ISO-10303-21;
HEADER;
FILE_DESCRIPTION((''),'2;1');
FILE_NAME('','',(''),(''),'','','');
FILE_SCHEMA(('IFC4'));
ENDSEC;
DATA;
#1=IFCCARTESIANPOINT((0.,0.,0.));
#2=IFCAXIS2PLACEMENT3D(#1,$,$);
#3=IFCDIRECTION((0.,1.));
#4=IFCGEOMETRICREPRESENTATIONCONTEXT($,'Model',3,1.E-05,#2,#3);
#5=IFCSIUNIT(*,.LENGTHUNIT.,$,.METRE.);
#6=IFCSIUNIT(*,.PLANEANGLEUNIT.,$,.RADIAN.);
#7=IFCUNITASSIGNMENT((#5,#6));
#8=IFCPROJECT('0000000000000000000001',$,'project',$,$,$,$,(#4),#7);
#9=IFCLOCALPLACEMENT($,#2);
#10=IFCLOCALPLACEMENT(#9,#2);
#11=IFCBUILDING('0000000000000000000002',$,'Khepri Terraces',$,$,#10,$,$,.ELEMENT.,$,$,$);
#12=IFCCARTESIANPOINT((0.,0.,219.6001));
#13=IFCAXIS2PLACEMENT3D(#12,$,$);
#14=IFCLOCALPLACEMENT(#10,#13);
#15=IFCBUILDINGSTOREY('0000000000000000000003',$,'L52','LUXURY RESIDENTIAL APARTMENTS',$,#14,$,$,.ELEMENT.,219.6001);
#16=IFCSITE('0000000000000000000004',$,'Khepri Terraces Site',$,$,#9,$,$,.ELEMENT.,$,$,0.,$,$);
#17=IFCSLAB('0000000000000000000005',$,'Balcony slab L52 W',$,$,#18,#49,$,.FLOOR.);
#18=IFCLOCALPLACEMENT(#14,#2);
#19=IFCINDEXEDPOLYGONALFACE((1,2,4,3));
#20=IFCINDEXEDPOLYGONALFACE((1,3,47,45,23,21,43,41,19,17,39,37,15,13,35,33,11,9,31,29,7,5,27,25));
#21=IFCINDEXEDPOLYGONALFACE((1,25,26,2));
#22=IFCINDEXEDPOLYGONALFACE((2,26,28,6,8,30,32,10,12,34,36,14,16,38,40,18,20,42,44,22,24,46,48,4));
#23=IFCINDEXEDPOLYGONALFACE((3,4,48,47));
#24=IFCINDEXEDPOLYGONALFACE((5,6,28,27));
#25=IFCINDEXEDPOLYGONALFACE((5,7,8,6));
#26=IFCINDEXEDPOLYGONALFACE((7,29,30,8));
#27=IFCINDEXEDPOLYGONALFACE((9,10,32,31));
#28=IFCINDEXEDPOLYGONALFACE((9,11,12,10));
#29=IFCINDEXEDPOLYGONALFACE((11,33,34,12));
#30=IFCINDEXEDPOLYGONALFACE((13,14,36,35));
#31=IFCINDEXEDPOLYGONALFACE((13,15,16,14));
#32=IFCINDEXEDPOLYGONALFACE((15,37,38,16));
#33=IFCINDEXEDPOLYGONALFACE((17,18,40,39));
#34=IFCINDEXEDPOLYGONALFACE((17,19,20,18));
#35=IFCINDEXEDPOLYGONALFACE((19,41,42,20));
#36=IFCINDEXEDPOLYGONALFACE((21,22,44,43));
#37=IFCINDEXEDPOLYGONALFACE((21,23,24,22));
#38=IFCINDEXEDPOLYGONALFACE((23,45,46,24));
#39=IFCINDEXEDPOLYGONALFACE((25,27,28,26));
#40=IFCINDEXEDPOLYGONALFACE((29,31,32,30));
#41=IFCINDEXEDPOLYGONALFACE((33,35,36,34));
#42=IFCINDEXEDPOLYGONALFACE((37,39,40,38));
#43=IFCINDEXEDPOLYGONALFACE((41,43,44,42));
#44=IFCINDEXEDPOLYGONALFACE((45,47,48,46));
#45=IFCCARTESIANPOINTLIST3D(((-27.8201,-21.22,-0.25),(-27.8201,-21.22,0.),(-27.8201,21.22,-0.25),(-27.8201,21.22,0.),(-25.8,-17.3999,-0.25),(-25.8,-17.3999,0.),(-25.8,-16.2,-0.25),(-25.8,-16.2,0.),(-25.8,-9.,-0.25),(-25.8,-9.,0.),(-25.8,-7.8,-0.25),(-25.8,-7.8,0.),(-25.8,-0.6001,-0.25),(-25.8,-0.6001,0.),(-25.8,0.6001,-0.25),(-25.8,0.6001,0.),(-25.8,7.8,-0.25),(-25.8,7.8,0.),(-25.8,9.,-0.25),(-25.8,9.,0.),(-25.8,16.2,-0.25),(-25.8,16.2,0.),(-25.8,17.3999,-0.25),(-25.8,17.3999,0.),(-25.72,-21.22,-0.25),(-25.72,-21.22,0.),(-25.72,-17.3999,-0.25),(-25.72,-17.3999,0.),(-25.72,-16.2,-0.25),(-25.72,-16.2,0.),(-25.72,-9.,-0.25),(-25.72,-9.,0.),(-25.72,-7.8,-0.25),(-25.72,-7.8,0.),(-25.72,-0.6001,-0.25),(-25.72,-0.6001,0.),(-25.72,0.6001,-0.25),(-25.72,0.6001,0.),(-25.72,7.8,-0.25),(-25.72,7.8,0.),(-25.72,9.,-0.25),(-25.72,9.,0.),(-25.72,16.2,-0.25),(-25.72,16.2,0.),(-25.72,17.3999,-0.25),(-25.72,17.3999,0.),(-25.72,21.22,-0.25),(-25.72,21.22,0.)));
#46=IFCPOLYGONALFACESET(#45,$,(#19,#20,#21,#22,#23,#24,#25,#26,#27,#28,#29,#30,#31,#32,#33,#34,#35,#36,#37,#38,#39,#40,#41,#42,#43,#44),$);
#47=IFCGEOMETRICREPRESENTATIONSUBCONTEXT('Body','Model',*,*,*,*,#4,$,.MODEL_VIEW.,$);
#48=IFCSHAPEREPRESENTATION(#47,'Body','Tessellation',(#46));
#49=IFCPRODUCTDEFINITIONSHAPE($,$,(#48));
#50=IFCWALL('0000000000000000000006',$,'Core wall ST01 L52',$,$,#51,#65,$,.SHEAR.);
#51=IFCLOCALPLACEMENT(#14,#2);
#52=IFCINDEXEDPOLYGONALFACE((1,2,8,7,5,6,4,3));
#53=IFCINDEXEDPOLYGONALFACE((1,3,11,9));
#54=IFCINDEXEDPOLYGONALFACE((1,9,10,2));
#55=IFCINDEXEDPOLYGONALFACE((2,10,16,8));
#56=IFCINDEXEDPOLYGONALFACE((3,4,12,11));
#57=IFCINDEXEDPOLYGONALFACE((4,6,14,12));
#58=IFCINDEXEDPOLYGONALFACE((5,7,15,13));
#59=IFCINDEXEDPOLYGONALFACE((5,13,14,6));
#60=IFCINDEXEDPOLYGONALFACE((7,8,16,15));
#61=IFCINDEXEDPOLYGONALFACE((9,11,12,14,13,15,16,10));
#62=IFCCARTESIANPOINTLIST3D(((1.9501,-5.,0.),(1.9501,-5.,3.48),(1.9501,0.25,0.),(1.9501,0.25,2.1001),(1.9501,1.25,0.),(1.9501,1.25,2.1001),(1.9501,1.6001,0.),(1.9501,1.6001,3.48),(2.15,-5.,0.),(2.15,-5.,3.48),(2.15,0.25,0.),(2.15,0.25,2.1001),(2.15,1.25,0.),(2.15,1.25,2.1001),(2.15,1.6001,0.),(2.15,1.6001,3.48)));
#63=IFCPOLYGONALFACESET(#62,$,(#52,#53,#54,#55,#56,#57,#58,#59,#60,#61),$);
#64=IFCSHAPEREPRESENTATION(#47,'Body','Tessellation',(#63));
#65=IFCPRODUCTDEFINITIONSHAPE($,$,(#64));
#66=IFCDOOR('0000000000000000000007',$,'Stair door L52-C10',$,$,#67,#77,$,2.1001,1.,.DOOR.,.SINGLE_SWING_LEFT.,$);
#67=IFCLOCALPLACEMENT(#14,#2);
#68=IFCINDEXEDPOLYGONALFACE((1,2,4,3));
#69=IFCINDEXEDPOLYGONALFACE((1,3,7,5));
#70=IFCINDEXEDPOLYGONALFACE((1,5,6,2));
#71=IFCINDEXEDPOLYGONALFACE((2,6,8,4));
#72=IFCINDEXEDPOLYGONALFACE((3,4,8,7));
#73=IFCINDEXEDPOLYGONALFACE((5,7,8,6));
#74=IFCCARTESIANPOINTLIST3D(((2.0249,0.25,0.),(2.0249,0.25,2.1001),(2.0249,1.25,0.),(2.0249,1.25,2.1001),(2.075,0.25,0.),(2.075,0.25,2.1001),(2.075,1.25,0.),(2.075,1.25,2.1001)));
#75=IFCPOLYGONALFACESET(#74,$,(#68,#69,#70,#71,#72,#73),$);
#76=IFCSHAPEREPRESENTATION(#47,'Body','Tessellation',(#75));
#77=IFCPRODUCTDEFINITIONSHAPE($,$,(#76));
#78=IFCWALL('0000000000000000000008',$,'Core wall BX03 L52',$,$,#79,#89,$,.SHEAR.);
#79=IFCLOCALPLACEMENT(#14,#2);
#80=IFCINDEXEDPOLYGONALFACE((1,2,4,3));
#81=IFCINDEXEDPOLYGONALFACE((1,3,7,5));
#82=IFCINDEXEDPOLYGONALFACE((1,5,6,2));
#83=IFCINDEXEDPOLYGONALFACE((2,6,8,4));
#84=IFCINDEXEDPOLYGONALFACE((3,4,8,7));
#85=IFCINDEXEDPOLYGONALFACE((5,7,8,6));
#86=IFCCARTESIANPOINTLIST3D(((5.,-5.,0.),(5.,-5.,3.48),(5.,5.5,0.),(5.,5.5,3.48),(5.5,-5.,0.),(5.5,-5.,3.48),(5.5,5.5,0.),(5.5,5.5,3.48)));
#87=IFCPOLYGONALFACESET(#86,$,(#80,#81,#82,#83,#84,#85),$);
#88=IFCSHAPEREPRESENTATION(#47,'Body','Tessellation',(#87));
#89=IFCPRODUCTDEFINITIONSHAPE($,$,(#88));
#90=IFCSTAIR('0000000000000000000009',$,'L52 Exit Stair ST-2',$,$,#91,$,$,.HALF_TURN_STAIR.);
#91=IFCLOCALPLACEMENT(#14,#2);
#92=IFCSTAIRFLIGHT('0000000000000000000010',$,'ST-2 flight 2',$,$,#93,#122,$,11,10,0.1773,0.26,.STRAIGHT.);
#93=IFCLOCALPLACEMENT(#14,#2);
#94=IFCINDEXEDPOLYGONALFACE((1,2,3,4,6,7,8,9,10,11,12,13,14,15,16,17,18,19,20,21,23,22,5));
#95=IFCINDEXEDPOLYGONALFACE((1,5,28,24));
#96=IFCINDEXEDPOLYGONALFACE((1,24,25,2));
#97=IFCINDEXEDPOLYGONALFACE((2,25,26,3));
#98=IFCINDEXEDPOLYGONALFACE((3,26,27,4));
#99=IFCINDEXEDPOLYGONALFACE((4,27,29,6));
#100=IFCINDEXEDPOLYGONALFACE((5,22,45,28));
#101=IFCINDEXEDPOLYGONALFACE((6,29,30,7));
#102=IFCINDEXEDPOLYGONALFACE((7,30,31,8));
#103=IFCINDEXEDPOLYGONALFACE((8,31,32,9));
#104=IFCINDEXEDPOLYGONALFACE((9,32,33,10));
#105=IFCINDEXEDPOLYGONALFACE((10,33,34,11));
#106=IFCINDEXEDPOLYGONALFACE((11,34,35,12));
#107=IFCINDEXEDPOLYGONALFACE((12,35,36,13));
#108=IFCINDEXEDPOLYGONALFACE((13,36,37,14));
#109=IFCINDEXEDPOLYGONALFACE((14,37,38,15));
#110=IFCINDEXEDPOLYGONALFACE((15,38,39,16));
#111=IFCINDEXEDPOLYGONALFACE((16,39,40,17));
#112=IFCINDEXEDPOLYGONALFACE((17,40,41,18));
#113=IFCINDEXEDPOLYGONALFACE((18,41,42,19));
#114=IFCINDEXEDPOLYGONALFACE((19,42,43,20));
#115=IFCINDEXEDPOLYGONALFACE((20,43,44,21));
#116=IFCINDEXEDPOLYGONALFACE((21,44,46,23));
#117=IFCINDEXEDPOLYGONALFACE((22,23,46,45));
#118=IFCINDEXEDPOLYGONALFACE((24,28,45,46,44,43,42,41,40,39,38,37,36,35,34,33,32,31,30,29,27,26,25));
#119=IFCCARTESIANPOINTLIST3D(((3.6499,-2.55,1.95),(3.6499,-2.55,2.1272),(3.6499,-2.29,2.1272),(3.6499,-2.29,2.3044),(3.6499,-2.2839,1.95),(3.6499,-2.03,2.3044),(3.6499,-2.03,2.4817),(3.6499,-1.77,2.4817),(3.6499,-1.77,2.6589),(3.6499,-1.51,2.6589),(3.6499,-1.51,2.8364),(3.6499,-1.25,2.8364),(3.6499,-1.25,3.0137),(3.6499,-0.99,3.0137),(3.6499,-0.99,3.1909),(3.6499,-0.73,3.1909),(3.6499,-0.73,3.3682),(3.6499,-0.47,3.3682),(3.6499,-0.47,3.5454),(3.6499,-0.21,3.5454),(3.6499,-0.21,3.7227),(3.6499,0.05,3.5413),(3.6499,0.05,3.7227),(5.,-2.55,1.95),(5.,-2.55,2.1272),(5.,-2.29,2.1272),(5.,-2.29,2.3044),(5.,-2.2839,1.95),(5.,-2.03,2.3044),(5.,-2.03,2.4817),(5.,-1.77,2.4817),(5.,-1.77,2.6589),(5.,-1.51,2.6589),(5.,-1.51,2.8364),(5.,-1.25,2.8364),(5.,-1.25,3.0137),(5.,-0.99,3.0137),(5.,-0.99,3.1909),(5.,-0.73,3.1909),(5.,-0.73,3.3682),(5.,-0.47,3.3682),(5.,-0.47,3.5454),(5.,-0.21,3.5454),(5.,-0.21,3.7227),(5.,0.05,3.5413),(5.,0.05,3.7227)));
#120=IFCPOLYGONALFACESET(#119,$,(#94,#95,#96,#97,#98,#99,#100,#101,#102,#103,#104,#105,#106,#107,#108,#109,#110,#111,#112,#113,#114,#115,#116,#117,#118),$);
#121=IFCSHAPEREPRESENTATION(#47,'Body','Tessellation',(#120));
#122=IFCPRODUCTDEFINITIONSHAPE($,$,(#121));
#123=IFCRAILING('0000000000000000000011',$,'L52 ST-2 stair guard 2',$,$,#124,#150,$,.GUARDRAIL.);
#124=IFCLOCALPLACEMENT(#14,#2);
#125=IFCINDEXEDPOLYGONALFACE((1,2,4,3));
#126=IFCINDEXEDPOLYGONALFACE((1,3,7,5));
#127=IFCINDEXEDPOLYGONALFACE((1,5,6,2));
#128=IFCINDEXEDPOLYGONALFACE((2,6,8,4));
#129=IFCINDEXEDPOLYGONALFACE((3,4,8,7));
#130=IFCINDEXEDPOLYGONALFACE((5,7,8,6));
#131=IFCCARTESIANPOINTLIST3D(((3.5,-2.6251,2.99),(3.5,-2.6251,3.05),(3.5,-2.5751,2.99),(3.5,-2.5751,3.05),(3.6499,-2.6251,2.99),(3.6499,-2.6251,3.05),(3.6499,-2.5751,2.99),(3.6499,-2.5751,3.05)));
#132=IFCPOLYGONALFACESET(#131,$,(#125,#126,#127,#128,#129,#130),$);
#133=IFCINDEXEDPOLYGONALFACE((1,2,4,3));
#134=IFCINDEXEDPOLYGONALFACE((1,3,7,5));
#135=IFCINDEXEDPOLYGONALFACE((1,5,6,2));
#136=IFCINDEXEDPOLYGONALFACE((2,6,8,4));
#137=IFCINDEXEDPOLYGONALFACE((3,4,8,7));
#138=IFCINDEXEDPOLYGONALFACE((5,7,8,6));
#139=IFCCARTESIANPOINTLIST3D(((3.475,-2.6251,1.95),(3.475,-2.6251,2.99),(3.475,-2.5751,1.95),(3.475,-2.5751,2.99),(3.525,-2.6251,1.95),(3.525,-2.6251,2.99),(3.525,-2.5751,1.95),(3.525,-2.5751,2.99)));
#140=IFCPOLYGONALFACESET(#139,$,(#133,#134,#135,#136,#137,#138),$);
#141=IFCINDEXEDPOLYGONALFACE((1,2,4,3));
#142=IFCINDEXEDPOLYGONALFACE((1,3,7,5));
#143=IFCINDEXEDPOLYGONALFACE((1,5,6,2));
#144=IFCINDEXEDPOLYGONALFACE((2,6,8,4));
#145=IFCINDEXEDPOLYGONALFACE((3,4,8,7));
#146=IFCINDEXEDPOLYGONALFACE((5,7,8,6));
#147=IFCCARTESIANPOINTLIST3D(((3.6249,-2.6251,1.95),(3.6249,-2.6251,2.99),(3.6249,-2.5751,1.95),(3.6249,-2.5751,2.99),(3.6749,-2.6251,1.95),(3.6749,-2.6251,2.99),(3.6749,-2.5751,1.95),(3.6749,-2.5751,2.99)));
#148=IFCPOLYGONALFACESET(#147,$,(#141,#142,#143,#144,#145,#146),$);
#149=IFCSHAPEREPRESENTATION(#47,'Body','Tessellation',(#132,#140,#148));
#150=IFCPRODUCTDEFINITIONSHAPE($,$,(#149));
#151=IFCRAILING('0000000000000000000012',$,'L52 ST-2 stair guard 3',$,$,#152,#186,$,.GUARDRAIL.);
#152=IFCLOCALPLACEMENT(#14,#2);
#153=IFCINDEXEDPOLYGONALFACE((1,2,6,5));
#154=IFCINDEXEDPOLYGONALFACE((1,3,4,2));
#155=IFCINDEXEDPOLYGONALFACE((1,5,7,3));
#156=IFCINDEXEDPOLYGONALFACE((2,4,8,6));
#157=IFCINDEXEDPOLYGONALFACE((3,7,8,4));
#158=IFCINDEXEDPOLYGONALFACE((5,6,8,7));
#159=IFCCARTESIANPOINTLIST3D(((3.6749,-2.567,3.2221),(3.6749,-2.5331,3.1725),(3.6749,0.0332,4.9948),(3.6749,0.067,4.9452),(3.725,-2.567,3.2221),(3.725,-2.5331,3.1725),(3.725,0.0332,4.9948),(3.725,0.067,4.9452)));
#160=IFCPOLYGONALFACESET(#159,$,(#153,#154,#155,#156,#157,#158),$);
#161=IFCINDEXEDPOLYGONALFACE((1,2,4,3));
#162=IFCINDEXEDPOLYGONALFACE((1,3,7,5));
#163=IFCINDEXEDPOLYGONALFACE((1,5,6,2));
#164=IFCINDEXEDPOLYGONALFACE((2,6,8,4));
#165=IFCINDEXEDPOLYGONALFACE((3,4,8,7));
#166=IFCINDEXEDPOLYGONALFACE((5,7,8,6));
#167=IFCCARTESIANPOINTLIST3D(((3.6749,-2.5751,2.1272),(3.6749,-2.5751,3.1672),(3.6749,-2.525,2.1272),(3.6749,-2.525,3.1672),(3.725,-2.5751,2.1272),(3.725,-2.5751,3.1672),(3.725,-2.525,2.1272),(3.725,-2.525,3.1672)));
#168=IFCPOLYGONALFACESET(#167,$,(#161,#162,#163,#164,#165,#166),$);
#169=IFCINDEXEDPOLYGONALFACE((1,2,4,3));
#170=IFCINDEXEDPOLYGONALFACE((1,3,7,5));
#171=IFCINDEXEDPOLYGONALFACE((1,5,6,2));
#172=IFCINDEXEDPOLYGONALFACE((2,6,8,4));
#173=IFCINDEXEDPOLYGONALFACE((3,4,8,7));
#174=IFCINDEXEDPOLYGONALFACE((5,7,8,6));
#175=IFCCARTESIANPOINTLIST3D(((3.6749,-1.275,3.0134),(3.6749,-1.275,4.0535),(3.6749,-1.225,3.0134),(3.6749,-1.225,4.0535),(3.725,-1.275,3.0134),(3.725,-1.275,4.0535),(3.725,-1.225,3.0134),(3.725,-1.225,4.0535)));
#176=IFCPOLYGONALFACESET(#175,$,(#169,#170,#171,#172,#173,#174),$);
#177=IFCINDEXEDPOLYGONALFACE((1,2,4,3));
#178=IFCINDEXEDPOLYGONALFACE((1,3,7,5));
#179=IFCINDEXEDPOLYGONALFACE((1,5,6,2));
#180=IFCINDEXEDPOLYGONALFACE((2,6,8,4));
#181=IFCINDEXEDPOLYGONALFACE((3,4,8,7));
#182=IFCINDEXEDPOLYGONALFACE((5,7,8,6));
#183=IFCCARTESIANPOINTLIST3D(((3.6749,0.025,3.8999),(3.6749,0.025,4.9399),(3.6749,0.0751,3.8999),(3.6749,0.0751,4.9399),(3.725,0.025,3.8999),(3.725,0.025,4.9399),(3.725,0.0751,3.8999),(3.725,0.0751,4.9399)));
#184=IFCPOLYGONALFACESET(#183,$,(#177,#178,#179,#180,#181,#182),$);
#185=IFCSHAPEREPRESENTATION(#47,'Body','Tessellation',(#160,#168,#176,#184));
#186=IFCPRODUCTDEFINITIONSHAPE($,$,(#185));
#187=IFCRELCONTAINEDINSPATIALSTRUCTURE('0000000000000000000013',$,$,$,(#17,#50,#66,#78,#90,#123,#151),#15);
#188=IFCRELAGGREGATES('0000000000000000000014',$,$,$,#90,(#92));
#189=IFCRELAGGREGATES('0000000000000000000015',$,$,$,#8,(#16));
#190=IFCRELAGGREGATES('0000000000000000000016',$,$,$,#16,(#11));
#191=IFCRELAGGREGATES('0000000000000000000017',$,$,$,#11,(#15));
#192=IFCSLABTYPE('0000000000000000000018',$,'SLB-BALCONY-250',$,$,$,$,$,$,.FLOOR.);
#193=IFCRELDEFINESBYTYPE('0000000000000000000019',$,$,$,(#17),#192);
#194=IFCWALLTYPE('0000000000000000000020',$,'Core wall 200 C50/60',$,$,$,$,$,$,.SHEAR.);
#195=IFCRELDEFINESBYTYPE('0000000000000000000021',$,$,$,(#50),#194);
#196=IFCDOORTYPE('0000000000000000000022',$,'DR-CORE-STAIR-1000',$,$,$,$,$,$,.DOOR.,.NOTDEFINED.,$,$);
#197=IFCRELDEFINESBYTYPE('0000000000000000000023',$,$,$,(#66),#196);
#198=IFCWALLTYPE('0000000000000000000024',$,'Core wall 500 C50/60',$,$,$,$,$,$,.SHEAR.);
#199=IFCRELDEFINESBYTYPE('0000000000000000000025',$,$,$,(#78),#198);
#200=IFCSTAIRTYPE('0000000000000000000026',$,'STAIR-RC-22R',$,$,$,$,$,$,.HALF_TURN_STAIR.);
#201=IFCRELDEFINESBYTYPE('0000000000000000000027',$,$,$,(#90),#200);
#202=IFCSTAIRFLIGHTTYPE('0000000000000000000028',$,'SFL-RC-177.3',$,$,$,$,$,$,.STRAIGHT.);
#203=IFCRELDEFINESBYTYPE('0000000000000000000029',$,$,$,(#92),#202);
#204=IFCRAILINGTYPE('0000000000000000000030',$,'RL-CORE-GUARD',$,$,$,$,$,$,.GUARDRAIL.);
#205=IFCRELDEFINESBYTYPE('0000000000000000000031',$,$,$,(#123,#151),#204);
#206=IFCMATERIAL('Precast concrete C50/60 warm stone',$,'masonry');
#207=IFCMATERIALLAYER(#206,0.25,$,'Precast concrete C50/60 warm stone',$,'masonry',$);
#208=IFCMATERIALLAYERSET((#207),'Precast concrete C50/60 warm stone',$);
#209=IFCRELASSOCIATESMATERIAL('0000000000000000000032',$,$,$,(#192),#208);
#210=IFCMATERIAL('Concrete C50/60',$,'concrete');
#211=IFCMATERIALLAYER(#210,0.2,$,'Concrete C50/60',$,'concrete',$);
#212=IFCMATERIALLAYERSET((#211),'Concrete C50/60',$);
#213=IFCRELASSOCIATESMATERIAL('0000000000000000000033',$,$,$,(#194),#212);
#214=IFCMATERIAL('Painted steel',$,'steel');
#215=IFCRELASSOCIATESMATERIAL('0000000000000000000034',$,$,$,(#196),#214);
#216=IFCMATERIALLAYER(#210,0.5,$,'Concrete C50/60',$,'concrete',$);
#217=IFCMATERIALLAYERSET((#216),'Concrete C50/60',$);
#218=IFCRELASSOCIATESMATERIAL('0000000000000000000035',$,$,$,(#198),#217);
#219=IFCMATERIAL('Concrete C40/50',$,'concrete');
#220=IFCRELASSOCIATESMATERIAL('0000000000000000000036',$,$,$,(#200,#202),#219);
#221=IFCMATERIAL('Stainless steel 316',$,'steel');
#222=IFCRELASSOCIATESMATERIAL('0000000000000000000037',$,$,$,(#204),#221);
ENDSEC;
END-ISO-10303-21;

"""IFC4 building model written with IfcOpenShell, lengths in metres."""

from ifc_helpers import new_model, si_unit, direction, frame, frame_2d, origin, origin_2d, place, context, subcontext, project, spatial, polyline, rectangle, outline, extrude, material, layer, layer_set, type_object, element, fill, aggregate, save


model = new_model("IFC4")

# Units and contexts
model_context = context("Model", 3, precision=1e-05, world=origin(), true_north=direction((0.0, 1.0)))
body_context = subcontext(model_context, "Body", "Model", "MODEL_VIEW")
ifc_project = project(units=[si_unit("LENGTHUNIT", "METRE"), si_unit("PLANEANGLEUNIT", "RADIAN")], contexts=[model_context])

# Site, building, storey
site_placement = place(None, origin())
site = spatial("IfcSite", under=ifc_project, at=site_placement, Name="Khepri Terraces Site", CompositionType="ELEMENT", RefElevation=0.0)
building_placement = place(site_placement, origin())
building = spatial("IfcBuilding", under=site, at=building_placement, Name="Khepri Terraces", CompositionType="ELEMENT")
storey_placement = place(building_placement, frame((0.0, 0.0, 219.6001)))
storey = spatial("IfcBuildingStorey", under=building, at=storey_placement, Name="L52", Description="LUXURY RESIDENTIAL APARTMENTS", CompositionType="ELEMENT", Elevation=219.6001)

# Slab
ifc_material_1 = material(Name="Concrete C40/50", Category="concrete")
ifc_material_2 = material(Name="Precast concrete C50/60 warm stone", Category="masonry")
ifc_layer_1 = layer(ifc_material_2, 0.25, Name="Precast concrete C50/60 warm stone", Category="masonry")
ifc_layer_set_1 = layer_set([ifc_layer_1], Name="Precast concrete C50/60 warm stone")
slab_type_1 = type_object("IfcSlabType", Name="SLB-BALCONY-250", PredefinedType="FLOOR", material=ifc_layer_set_1)
slab_1_placement = place(storey_placement, frame((0.0, 0.0, -0.25)))
element("IfcSlab", 1, at=slab_1_placement, inside=storey, type_object=slab_type_1, Name="Balcony slab L52 W", PredefinedType="FLOOR", context=body_context, shape_type="SweptSolid", body=[
    extrude(outline(polyline([(-25.72, 17.3999), (-25.72, 21.22), (-27.8201, 21.22), (-27.8201, -21.22), (-25.72, -21.22), (-25.72, -17.3999), (-25.8, -17.3999), (-25.8, -16.2), (-25.72, -16.2), (-25.72, -9.0), (-25.8, -9.0), (-25.8, -7.8), (-25.72, -7.8), (-25.72, -0.6001), (-25.8, -0.6001), (-25.8, 0.6001), (-25.72, 0.6001), (-25.72, 7.8), (-25.8, 7.8), (-25.8, 9.0), (-25.72, 9.0), (-25.72, 16.2), (-25.8, 16.2), (-25.8, 17.3999), (-25.72, 17.3999)])), origin(), (0.0, 0.0, 1.0), 0.25),
])

# Wall, opening, door
ifc_material_3 = material(Name="Concrete C50/60", Category="concrete")
ifc_layer_2 = layer(ifc_material_3, 0.2, Name="Concrete C50/60", Category="concrete")
ifc_layer_set_2 = layer_set([ifc_layer_2], Name="Concrete C50/60")
wall_type_1 = type_object("IfcWallType", Name="Core wall 200 C50/60", PredefinedType="SHEAR", material=ifc_layer_set_2)
wall_1_placement = place(storey_placement, frame((2.05, -5.0, 0.0), z_axis=(0.0, 0.0, 1.0), x_axis=(0.0, 1.0, 0.0)))
wall_1 = element("IfcWall", 2, at=wall_1_placement, inside=storey, type_object=wall_type_1, Name="Core wall ST01 L52", PredefinedType="SHEAR", context=body_context, shape_type="SweptSolid", body=[
    extrude(rectangle(XDim=6.6001, YDim=0.2, at=frame_2d((3.3, 0.0))), origin(), (0.0, 0.0, 1.0), 3.48),
])
opening_placement = place(wall_1_placement, frame((5.25, 0.0, 0.0)))
opening = element("IfcOpeningElement", 3, at=opening_placement, cuts=wall_1, PredefinedType="OPENING", context=body_context, shape_type="SweptSolid", body=[
    extrude(rectangle(XDim=1.0, YDim=2.1001, at=frame_2d((0.5, 1.05))), frame((0.0, 0.1099, 0.0), z_axis=(0.0, -1.0, 0.0), x_axis=(1.0, 0.0, 0.0)), (0.0, 0.0, 1.0), 0.22),
])
ifc_material_4 = material(Name="Painted steel", Category="steel")
door_type = type_object("IfcDoorType", Name="DR-CORE-STAIR-1000", OperationType="NOTDEFINED", PredefinedType="DOOR", material=ifc_material_4)
door_placement = place(opening_placement, frame((1.0, 0.0, 0.0), z_axis=(0.0, 0.0, 1.0), x_axis=(-1.0, 0.0, 0.0)))
door = element("IfcDoor", 4, at=door_placement, inside=storey, type_object=door_type, Name="Stair door L52-C10", OperationType="SINGLE_SWING_LEFT", OverallHeight=2.1001, OverallWidth=1.0, PredefinedType="DOOR", context=body_context, shape_type="SweptSolid", body=[
    extrude(rectangle(XDim=1.0, YDim=2.1001, at=frame_2d((0.5, 1.05))), frame((0.0, 0.0249, 0.0), z_axis=(0.0, -1.0, 0.0), x_axis=(1.0, 0.0, 0.0)), (0.0, 0.0, 1.0), 0.05),
])
fill(opening, door)

# Wall
ifc_layer_3 = layer(ifc_material_3, 0.5, Name="Concrete C50/60", Category="concrete")
ifc_layer_set_3 = layer_set([ifc_layer_3], Name="Concrete C50/60")
wall_type_2 = type_object("IfcWallType", Name="Core wall 500 C50/60", PredefinedType="SHEAR", material=ifc_layer_set_3)
wall_2_placement = place(storey_placement, frame((5.25, -5.0, 0.0), z_axis=(0.0, 0.0, 1.0), x_axis=(0.0, 1.0, 0.0)))
element("IfcWall", 5, at=wall_2_placement, inside=storey, type_object=wall_type_2, Name="Core wall BX03 L52", PredefinedType="SHEAR", context=body_context, shape_type="SweptSolid", body=[
    extrude(rectangle(XDim=10.5, YDim=0.5, at=frame_2d((5.25, 0.0))), origin(), (0.0, 0.0, 1.0), 3.48),
])

# Stair, stair flight
stair_type = type_object("IfcStairType", Name="STAIR-RC-22R", PredefinedType="HALF_TURN_STAIR", material=ifc_material_1)
stair_placement = place(storey_placement, origin())
stair = element("IfcStair", 6, at=stair_placement, inside=storey, type_object=stair_type, Name="L52 Exit Stair ST-2", PredefinedType="HALF_TURN_STAIR")
stair_flight_type = type_object("IfcStairFlightType", Name="SFL-RC-177.3", PredefinedType="STRAIGHT", material=ifc_material_1)
stair_flight_placement = place(storey_placement, frame((4.325, -2.55, 1.95), z_axis=(0.0, 0.0, 1.0), x_axis=(0.0, 1.0, 0.0)))
stair_flight = element("IfcStairFlight", 7, at=stair_flight_placement, type_object=stair_flight_type, Name="ST-2 flight 2", NumberOfRisers=11, NumberOfTreads=10, PredefinedType="STRAIGHT", RiserHeight=0.1773, TreadLength=0.26, context=body_context, shape_type="SweptSolid", body=[
    extrude(outline(polyline([(0.0, 0.0), (0.0, 0.1772), (0.26, 0.1772), (0.26, 0.3545), (0.52, 0.3545), (0.52, 0.5317), (0.78, 0.5317), (0.78, 0.709), (1.04, 0.709), (1.04, 0.8865), (1.3, 0.8865), (1.3, 1.0637), (1.5601, 1.0637), (1.5601, 1.241), (1.8201, 1.241), (1.8201, 1.4182), (2.0801, 1.4182), (2.0801, 1.5955), (2.3401, 1.5955), (2.3401, 1.7727), (2.6001, 1.7727), (2.6001, 1.95), (2.6001, 1.5913), (0.2661, 0.0), (0.0, 0.0)])), frame((0.0, 0.675, 0.0), z_axis=(0.0, -1.0, 0.0), x_axis=(1.0, 0.0, 0.0)), (0.0, 0.0, 1.0), 1.3501),
])
aggregate(stair, [stair_flight])

# Railings
ifc_material_5 = material(Name="Stainless steel 316", Category="steel")
railing_type_1 = type_object("IfcRailingType", Name="RL-CORE-GUARD", PredefinedType="GUARDRAIL", material=ifc_material_5)
railing_1_placement = place(storey_placement, frame((3.5, -2.6001, 1.95)))
element("IfcRailing", 8, at=railing_1_placement, inside=storey, type_object=railing_type_1, Name="L52 ST-2 stair guard 2", PredefinedType="GUARDRAIL", context=body_context, shape_type="SweptSolid", body=[
    extrude(rectangle(XDim=0.05, YDim=0.0601, at=origin_2d()), frame((0.0, 0.0, 1.0701), z_axis=(1.0, 0.0, 0.0), x_axis=(0.0, 1.0, 0.0)), (0.0, 0.0, 1.0), 0.1499),
    extrude(rectangle(XDim=0.05, YDim=0.05, at=origin_2d()), origin(), (0.0, 0.0, 1.0), 1.04),
    extrude(rectangle(XDim=0.05, YDim=0.05, at=origin_2d()), frame((0.1499, 0.0, 0.0)), (0.0, 0.0, 1.0), 1.04),
])
railing_2_placement = place(storey_placement, frame((3.7, -2.55, 2.1272)))
element("IfcRailing", 9, at=railing_2_placement, inside=storey, type_object=railing_type_1, Name="L52 ST-2 stair guard 3", PredefinedType="GUARDRAIL", context=body_context, shape_type="SweptSolid", body=[
    extrude(rectangle(XDim=0.05, YDim=0.0601, at=origin_2d()), frame((0.0, 0.0, 1.0701), z_axis=(0.0, 0.82624, 0.563318), x_axis=(-1.0, 0.0, 0.0)), (0.0, 0.0, 1.0), 3.147),
    extrude(rectangle(XDim=0.05, YDim=0.05, at=origin_2d()), origin(), (0.0, 0.0, 1.0), 1.04),
    extrude(rectangle(XDim=0.05, YDim=0.05, at=origin_2d()), frame((0.0, 1.3, 0.8862)), (0.0, 0.0, 1.0), 1.04),
    extrude(rectangle(XDim=0.05, YDim=0.05, at=origin_2d()), frame((0.0, 2.6001, 1.7727)), (0.0, 0.0, 1.0), 1.04),
])

save(model, "model.ifc")
